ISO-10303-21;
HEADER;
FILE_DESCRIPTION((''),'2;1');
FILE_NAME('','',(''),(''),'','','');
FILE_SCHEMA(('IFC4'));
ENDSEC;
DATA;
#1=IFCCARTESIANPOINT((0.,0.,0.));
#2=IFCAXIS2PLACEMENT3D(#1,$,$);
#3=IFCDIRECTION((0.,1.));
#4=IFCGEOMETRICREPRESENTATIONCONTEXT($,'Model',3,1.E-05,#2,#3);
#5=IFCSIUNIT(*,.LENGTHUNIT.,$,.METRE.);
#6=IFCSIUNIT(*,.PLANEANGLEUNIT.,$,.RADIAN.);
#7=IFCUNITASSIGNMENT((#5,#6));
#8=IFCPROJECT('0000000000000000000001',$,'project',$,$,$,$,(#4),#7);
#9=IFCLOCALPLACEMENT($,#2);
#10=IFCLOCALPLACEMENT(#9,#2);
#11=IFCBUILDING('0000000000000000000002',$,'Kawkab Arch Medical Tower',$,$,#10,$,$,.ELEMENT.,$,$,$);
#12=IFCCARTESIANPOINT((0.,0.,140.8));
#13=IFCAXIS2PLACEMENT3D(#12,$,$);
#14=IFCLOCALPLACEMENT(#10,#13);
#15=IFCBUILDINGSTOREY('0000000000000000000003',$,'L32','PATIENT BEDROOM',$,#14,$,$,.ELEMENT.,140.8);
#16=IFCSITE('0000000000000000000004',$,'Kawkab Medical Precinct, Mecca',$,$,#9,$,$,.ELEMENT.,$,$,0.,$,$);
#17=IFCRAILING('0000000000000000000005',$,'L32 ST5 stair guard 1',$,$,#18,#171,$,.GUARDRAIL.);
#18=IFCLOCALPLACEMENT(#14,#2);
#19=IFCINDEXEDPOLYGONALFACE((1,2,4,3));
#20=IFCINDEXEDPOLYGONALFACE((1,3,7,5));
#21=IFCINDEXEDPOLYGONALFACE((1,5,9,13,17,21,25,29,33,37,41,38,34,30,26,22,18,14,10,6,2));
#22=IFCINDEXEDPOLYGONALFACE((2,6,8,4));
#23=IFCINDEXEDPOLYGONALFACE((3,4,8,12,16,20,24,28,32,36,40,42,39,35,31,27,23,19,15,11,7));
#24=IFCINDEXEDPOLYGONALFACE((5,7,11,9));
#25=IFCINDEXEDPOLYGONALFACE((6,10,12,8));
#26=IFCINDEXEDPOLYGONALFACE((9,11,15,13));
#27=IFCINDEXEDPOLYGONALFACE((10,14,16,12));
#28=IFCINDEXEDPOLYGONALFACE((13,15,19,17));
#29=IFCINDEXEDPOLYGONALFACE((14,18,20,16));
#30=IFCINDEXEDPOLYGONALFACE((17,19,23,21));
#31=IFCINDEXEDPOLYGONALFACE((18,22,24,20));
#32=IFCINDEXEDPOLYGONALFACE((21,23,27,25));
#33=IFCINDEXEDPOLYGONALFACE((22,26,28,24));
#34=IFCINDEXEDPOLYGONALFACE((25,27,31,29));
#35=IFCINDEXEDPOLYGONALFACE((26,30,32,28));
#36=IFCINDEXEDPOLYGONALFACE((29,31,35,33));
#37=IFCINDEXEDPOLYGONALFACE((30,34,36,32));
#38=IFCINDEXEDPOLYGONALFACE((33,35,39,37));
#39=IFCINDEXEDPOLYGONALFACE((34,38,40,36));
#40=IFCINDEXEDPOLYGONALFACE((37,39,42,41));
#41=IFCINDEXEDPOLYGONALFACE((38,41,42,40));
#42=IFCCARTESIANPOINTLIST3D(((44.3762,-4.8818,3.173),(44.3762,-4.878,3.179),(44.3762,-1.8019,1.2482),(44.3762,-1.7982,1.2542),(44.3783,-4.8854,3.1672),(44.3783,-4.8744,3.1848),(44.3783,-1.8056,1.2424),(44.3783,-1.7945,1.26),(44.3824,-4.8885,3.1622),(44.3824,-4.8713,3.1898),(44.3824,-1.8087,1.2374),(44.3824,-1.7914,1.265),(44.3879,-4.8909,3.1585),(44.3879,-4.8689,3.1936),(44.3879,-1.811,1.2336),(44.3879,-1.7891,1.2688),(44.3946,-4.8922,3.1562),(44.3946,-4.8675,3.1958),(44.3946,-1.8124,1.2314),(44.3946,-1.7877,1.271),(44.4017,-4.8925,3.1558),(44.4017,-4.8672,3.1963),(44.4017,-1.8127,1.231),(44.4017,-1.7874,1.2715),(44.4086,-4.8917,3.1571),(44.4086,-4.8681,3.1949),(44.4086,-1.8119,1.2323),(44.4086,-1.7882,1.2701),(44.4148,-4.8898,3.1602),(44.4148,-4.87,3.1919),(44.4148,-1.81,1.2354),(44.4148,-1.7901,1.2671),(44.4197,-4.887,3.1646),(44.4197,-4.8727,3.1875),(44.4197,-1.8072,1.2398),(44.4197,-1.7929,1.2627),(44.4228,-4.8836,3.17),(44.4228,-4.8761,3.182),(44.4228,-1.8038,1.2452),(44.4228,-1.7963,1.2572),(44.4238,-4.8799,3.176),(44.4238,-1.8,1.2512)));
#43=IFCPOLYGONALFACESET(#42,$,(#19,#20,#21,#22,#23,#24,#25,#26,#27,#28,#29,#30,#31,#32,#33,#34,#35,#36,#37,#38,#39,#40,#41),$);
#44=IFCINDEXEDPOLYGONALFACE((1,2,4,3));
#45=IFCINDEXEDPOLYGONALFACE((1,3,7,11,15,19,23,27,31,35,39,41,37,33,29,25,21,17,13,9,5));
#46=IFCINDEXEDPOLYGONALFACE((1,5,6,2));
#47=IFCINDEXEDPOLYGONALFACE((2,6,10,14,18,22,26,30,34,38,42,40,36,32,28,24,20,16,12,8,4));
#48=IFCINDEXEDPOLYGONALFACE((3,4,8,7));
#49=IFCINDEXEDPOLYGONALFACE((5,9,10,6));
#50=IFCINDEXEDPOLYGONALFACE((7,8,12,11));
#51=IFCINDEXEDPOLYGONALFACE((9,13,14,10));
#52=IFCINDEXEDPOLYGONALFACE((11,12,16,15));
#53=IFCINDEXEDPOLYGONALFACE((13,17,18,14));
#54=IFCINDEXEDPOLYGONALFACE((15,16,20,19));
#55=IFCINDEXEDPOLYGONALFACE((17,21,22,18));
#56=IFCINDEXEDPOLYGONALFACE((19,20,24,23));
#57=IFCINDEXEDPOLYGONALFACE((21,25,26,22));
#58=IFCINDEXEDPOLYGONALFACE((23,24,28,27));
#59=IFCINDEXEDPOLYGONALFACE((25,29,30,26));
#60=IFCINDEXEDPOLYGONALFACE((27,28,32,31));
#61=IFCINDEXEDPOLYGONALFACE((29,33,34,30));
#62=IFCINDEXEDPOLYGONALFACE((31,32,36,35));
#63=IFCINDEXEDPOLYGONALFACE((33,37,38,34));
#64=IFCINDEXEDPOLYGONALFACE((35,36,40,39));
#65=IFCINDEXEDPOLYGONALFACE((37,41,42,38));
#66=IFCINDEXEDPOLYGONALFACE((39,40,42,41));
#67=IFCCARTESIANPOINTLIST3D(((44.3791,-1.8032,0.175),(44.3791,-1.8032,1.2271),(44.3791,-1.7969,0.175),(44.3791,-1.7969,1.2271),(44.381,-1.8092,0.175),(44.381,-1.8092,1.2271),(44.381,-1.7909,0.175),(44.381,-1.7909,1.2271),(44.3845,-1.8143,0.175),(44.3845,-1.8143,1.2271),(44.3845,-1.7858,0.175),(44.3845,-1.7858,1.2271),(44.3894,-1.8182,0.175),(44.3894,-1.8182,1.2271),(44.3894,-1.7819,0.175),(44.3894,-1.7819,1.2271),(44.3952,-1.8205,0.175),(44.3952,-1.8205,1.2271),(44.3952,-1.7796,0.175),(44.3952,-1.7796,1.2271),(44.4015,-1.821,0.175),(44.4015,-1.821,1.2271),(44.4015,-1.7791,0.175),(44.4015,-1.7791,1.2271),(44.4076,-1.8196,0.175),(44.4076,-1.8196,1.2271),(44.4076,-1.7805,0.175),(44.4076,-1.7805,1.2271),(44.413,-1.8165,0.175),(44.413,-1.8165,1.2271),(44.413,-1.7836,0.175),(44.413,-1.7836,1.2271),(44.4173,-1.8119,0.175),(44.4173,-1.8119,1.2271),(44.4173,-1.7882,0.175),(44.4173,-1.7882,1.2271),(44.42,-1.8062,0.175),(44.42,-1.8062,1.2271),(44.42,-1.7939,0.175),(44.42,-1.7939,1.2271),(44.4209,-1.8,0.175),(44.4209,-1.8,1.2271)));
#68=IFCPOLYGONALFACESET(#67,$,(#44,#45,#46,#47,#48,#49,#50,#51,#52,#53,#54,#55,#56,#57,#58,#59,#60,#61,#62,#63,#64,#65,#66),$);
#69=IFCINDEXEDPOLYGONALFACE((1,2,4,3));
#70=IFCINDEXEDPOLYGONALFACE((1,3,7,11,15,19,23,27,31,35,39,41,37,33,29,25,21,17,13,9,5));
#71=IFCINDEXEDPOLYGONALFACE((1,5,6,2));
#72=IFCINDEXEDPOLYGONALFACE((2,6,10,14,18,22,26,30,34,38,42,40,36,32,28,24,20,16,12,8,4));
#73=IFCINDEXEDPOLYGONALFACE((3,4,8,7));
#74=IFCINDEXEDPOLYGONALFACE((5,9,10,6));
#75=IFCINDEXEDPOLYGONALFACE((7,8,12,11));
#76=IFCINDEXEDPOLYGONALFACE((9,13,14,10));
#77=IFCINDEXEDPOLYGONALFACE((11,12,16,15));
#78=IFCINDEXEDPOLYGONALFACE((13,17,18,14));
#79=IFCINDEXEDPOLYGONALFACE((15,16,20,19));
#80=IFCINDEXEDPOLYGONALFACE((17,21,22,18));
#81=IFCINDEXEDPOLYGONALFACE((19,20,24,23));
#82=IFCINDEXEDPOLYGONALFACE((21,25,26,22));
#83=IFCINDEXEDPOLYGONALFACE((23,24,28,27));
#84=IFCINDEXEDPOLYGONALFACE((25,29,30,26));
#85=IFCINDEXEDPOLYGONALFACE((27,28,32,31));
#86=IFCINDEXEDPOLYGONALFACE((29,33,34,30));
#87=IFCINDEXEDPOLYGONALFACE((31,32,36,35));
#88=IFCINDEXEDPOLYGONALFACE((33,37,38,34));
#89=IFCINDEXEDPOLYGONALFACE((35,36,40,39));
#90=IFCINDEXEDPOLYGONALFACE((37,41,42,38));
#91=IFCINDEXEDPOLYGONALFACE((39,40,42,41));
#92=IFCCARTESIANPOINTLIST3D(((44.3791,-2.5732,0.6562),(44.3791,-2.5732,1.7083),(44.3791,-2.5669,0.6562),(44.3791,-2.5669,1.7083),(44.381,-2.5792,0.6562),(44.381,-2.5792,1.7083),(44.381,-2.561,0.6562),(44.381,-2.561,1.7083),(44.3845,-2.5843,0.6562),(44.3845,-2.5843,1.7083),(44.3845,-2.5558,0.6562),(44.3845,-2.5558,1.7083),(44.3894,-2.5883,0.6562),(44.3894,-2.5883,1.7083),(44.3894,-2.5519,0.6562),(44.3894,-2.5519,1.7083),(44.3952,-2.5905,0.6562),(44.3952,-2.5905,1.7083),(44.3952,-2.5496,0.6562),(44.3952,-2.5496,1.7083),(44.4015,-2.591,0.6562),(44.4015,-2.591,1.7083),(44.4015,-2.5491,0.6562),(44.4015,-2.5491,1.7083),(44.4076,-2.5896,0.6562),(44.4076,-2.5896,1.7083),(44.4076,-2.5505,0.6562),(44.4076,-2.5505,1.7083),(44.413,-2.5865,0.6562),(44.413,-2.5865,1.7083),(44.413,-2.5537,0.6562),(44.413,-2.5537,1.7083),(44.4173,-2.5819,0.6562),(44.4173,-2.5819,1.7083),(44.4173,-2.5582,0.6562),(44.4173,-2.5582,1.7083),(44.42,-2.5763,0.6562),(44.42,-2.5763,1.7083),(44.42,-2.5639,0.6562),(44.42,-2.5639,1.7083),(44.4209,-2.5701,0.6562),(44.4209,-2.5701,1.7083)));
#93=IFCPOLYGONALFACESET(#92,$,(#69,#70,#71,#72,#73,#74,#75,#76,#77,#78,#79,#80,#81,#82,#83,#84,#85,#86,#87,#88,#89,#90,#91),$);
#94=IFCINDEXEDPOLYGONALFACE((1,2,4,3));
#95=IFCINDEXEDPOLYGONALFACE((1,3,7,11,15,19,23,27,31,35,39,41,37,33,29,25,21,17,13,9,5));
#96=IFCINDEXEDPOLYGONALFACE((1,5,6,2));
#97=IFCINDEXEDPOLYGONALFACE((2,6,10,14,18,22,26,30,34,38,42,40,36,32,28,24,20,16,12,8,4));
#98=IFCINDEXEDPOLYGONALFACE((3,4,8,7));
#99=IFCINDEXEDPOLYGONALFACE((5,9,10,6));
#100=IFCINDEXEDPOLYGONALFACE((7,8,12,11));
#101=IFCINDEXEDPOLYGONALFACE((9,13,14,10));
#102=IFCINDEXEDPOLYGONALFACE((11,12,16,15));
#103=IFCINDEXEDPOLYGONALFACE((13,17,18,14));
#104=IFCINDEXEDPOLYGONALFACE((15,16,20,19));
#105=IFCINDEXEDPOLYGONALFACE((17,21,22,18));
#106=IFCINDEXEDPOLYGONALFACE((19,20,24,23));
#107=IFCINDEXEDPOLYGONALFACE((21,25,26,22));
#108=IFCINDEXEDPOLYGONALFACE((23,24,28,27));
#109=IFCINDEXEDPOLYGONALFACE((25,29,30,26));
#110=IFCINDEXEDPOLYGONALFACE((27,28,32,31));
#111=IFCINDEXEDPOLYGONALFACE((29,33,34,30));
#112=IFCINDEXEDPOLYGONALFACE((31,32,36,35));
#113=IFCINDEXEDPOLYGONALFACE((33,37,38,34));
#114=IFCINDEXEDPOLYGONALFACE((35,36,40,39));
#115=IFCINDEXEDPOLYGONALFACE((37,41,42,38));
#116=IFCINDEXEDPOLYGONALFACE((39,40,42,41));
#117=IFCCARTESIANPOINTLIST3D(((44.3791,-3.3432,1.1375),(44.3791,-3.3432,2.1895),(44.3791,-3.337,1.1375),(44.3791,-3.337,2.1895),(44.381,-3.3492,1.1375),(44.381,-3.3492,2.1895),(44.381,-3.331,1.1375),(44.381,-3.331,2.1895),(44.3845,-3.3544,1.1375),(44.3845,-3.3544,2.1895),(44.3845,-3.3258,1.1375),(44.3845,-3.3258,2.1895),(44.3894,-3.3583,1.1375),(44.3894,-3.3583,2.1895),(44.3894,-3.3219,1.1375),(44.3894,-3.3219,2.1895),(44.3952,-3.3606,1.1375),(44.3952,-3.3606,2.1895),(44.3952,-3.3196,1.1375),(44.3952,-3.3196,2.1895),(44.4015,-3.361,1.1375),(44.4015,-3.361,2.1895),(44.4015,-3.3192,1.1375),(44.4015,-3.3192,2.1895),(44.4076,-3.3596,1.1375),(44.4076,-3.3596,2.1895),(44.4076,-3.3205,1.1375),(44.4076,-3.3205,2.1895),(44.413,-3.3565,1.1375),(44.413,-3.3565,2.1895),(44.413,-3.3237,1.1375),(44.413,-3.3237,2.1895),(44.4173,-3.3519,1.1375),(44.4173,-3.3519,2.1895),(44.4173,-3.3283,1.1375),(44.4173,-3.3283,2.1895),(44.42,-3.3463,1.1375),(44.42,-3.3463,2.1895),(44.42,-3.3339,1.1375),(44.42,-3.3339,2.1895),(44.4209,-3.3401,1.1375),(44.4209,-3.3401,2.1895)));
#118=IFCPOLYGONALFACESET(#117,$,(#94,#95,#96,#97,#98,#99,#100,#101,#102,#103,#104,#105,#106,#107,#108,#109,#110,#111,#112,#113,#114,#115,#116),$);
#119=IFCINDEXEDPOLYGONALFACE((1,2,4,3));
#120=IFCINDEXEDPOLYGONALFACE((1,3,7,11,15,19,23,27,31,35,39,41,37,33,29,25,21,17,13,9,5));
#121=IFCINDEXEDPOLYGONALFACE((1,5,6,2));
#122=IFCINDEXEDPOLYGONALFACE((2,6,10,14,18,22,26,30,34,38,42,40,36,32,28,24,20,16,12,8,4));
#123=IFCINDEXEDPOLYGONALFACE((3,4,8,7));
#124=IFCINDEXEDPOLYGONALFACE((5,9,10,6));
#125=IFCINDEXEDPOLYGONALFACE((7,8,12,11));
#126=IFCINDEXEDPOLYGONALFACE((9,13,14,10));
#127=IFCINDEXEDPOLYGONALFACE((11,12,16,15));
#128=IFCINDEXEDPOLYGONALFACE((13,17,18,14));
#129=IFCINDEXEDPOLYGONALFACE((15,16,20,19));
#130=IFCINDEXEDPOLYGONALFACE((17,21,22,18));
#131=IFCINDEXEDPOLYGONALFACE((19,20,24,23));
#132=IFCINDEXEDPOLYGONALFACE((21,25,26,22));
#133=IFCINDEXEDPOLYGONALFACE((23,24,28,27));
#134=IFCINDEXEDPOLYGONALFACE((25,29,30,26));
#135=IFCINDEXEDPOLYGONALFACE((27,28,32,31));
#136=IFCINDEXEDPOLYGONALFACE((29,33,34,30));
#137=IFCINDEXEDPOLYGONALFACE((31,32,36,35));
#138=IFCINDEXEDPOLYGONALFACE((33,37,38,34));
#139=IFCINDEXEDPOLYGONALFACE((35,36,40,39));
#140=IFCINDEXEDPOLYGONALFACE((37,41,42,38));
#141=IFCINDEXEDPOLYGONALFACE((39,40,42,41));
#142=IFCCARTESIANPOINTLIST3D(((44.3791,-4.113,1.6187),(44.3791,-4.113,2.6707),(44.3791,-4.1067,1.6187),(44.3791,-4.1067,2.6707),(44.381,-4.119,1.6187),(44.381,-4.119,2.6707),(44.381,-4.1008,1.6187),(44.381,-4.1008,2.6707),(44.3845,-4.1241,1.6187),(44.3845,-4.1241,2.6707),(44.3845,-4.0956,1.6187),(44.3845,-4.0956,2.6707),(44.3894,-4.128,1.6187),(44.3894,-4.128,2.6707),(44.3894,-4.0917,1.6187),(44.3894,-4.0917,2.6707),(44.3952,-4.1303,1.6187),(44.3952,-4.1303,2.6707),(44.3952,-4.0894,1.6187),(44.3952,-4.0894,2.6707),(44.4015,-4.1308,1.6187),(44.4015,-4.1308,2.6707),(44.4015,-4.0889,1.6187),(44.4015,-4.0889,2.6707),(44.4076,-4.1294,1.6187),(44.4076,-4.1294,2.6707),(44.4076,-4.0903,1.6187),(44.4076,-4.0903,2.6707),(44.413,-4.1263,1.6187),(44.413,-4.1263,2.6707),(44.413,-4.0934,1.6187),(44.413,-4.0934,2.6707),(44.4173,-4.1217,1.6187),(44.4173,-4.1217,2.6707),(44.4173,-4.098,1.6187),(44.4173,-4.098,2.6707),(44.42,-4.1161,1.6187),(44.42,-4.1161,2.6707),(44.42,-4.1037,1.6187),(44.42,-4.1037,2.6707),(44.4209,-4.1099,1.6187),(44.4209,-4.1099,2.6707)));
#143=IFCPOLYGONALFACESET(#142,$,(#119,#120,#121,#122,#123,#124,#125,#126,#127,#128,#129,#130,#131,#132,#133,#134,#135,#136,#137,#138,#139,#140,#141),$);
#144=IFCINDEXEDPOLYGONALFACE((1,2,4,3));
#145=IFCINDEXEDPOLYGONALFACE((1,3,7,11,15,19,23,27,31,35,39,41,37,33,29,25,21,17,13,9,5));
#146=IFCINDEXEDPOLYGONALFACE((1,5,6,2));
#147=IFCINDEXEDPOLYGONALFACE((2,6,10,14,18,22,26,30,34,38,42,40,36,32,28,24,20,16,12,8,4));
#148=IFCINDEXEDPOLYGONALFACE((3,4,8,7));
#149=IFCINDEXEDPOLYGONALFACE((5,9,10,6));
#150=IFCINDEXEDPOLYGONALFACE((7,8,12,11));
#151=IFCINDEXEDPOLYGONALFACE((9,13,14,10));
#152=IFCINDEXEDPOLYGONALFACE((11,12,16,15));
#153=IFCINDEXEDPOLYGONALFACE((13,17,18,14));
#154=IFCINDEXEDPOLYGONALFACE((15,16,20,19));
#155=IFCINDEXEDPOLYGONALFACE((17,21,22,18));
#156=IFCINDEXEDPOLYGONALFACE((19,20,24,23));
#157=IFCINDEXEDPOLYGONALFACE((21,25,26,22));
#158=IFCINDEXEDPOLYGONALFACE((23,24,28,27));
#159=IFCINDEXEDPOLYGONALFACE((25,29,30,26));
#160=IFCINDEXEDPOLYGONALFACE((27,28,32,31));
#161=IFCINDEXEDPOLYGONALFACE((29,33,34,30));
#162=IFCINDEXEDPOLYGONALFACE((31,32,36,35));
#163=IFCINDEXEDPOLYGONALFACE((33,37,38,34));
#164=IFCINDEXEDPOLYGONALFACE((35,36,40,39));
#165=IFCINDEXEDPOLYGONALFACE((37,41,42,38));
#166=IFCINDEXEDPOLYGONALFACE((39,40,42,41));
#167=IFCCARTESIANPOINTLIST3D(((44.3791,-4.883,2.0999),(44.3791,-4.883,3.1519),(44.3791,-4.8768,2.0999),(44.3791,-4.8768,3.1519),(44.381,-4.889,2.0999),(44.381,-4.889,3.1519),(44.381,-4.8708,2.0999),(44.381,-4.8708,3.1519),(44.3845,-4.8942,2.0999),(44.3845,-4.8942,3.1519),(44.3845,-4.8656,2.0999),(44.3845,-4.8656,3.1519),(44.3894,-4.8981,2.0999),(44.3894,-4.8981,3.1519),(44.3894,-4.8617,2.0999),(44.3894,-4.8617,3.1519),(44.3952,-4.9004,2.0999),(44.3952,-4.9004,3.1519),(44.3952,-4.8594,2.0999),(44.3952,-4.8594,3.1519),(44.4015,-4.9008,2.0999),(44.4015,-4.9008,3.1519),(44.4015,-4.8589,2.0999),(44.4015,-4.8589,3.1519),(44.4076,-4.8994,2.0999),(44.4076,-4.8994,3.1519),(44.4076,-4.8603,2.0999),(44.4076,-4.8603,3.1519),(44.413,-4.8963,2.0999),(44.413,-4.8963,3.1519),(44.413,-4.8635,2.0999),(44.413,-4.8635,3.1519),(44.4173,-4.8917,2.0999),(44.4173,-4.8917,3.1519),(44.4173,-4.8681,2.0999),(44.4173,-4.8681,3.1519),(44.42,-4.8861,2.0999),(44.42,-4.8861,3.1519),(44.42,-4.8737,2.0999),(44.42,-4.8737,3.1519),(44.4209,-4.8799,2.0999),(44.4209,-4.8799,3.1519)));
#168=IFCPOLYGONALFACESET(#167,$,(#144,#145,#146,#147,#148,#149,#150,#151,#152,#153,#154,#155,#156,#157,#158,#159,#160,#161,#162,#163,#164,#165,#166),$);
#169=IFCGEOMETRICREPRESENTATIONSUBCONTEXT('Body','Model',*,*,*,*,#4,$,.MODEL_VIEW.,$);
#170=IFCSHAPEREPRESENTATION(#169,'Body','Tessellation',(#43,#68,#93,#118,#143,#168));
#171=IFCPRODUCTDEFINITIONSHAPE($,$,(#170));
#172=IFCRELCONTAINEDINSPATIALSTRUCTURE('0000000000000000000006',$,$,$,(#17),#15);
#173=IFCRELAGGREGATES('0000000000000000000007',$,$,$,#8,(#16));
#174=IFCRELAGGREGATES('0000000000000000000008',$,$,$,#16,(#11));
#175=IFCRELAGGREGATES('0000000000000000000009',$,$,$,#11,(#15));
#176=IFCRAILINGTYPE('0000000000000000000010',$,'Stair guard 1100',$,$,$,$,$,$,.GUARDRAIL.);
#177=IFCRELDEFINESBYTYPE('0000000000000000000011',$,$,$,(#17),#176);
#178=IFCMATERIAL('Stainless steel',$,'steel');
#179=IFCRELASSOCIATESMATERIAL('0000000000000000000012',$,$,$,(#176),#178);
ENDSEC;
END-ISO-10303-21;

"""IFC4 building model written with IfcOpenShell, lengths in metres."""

from ifc_helpers import new_model, si_unit, direction, frame, origin, origin_2d, place, context, subcontext, project, spatial, circle, extrude, material, type_object, element, save


model = new_model("IFC4")

# Units and contexts
model_context = context("Model", 3, precision=1e-05, world=origin(), true_north=direction((0.0, 1.0)))
body_context = subcontext(model_context, "Body", "Model", "MODEL_VIEW")
ifc_project = project(units=[si_unit("LENGTHUNIT", "METRE"), si_unit("PLANEANGLEUNIT", "RADIAN")], contexts=[model_context])

# Site, building, storey
site_placement = place(None, origin())
site = spatial("IfcSite", under=ifc_project, at=site_placement, Name="Kawkab Medical Precinct, Mecca", CompositionType="ELEMENT", RefElevation=0.0)
building_placement = place(site_placement, origin())
building = spatial("IfcBuilding", under=site, at=building_placement, Name="Kawkab Arch Medical Tower", CompositionType="ELEMENT")
storey_placement = place(building_placement, frame((0.0, 0.0, 140.8)))
storey = spatial("IfcBuildingStorey", under=building, at=storey_placement, Name="L32", Description="PATIENT BEDROOM", CompositionType="ELEMENT", Elevation=140.8)

# Railing
ifc_material_1 = material(Name="Stainless steel", Category="steel")
railing_type = type_object("IfcRailingType", Name="Stair guard 1100", PredefinedType="GUARDRAIL", material=ifc_material_1)
railing_1_placement = place(storey_placement, frame((44.3999, -1.8, 0.175)))
element("IfcRailing", 1, at=railing_1_placement, inside=storey, type_object=railing_type, Name="L32 ST5 stair guard 1", PredefinedType="GUARDRAIL", context=body_context, shape_type="SweptSolid", body=[
    extrude(circle(Radius=0.0239, at=origin_2d()), frame((0.0, 0.0, 1.0762), z_axis=(0.0, -0.84801, 0.529981), x_axis=(1.0, 0.0, 0.0)), (0.0, 0.0, 1.0), 3.6318),
    extrude(circle(Radius=0.021, at=origin_2d()), origin(), (0.0, 0.0, 1.0), 1.052),
    extrude(circle(Radius=0.021, at=origin_2d()), frame((0.0, -0.77, 0.4812)), (0.0, 0.0, 1.0), 1.052),
    extrude(circle(Radius=0.021, at=origin_2d()), frame((0.0, -1.54, 0.9624)), (0.0, 0.0, 1.0), 1.052),
    extrude(circle(Radius=0.021, at=origin_2d()), frame((0.0, -2.3098, 1.4436)), (0.0, 0.0, 1.0), 1.052),
    extrude(circle(Radius=0.021, at=origin_2d()), frame((0.0, -3.0798, 1.9248)), (0.0, 0.0, 1.0), 1.052),
])

save(model, "model.ifc")
